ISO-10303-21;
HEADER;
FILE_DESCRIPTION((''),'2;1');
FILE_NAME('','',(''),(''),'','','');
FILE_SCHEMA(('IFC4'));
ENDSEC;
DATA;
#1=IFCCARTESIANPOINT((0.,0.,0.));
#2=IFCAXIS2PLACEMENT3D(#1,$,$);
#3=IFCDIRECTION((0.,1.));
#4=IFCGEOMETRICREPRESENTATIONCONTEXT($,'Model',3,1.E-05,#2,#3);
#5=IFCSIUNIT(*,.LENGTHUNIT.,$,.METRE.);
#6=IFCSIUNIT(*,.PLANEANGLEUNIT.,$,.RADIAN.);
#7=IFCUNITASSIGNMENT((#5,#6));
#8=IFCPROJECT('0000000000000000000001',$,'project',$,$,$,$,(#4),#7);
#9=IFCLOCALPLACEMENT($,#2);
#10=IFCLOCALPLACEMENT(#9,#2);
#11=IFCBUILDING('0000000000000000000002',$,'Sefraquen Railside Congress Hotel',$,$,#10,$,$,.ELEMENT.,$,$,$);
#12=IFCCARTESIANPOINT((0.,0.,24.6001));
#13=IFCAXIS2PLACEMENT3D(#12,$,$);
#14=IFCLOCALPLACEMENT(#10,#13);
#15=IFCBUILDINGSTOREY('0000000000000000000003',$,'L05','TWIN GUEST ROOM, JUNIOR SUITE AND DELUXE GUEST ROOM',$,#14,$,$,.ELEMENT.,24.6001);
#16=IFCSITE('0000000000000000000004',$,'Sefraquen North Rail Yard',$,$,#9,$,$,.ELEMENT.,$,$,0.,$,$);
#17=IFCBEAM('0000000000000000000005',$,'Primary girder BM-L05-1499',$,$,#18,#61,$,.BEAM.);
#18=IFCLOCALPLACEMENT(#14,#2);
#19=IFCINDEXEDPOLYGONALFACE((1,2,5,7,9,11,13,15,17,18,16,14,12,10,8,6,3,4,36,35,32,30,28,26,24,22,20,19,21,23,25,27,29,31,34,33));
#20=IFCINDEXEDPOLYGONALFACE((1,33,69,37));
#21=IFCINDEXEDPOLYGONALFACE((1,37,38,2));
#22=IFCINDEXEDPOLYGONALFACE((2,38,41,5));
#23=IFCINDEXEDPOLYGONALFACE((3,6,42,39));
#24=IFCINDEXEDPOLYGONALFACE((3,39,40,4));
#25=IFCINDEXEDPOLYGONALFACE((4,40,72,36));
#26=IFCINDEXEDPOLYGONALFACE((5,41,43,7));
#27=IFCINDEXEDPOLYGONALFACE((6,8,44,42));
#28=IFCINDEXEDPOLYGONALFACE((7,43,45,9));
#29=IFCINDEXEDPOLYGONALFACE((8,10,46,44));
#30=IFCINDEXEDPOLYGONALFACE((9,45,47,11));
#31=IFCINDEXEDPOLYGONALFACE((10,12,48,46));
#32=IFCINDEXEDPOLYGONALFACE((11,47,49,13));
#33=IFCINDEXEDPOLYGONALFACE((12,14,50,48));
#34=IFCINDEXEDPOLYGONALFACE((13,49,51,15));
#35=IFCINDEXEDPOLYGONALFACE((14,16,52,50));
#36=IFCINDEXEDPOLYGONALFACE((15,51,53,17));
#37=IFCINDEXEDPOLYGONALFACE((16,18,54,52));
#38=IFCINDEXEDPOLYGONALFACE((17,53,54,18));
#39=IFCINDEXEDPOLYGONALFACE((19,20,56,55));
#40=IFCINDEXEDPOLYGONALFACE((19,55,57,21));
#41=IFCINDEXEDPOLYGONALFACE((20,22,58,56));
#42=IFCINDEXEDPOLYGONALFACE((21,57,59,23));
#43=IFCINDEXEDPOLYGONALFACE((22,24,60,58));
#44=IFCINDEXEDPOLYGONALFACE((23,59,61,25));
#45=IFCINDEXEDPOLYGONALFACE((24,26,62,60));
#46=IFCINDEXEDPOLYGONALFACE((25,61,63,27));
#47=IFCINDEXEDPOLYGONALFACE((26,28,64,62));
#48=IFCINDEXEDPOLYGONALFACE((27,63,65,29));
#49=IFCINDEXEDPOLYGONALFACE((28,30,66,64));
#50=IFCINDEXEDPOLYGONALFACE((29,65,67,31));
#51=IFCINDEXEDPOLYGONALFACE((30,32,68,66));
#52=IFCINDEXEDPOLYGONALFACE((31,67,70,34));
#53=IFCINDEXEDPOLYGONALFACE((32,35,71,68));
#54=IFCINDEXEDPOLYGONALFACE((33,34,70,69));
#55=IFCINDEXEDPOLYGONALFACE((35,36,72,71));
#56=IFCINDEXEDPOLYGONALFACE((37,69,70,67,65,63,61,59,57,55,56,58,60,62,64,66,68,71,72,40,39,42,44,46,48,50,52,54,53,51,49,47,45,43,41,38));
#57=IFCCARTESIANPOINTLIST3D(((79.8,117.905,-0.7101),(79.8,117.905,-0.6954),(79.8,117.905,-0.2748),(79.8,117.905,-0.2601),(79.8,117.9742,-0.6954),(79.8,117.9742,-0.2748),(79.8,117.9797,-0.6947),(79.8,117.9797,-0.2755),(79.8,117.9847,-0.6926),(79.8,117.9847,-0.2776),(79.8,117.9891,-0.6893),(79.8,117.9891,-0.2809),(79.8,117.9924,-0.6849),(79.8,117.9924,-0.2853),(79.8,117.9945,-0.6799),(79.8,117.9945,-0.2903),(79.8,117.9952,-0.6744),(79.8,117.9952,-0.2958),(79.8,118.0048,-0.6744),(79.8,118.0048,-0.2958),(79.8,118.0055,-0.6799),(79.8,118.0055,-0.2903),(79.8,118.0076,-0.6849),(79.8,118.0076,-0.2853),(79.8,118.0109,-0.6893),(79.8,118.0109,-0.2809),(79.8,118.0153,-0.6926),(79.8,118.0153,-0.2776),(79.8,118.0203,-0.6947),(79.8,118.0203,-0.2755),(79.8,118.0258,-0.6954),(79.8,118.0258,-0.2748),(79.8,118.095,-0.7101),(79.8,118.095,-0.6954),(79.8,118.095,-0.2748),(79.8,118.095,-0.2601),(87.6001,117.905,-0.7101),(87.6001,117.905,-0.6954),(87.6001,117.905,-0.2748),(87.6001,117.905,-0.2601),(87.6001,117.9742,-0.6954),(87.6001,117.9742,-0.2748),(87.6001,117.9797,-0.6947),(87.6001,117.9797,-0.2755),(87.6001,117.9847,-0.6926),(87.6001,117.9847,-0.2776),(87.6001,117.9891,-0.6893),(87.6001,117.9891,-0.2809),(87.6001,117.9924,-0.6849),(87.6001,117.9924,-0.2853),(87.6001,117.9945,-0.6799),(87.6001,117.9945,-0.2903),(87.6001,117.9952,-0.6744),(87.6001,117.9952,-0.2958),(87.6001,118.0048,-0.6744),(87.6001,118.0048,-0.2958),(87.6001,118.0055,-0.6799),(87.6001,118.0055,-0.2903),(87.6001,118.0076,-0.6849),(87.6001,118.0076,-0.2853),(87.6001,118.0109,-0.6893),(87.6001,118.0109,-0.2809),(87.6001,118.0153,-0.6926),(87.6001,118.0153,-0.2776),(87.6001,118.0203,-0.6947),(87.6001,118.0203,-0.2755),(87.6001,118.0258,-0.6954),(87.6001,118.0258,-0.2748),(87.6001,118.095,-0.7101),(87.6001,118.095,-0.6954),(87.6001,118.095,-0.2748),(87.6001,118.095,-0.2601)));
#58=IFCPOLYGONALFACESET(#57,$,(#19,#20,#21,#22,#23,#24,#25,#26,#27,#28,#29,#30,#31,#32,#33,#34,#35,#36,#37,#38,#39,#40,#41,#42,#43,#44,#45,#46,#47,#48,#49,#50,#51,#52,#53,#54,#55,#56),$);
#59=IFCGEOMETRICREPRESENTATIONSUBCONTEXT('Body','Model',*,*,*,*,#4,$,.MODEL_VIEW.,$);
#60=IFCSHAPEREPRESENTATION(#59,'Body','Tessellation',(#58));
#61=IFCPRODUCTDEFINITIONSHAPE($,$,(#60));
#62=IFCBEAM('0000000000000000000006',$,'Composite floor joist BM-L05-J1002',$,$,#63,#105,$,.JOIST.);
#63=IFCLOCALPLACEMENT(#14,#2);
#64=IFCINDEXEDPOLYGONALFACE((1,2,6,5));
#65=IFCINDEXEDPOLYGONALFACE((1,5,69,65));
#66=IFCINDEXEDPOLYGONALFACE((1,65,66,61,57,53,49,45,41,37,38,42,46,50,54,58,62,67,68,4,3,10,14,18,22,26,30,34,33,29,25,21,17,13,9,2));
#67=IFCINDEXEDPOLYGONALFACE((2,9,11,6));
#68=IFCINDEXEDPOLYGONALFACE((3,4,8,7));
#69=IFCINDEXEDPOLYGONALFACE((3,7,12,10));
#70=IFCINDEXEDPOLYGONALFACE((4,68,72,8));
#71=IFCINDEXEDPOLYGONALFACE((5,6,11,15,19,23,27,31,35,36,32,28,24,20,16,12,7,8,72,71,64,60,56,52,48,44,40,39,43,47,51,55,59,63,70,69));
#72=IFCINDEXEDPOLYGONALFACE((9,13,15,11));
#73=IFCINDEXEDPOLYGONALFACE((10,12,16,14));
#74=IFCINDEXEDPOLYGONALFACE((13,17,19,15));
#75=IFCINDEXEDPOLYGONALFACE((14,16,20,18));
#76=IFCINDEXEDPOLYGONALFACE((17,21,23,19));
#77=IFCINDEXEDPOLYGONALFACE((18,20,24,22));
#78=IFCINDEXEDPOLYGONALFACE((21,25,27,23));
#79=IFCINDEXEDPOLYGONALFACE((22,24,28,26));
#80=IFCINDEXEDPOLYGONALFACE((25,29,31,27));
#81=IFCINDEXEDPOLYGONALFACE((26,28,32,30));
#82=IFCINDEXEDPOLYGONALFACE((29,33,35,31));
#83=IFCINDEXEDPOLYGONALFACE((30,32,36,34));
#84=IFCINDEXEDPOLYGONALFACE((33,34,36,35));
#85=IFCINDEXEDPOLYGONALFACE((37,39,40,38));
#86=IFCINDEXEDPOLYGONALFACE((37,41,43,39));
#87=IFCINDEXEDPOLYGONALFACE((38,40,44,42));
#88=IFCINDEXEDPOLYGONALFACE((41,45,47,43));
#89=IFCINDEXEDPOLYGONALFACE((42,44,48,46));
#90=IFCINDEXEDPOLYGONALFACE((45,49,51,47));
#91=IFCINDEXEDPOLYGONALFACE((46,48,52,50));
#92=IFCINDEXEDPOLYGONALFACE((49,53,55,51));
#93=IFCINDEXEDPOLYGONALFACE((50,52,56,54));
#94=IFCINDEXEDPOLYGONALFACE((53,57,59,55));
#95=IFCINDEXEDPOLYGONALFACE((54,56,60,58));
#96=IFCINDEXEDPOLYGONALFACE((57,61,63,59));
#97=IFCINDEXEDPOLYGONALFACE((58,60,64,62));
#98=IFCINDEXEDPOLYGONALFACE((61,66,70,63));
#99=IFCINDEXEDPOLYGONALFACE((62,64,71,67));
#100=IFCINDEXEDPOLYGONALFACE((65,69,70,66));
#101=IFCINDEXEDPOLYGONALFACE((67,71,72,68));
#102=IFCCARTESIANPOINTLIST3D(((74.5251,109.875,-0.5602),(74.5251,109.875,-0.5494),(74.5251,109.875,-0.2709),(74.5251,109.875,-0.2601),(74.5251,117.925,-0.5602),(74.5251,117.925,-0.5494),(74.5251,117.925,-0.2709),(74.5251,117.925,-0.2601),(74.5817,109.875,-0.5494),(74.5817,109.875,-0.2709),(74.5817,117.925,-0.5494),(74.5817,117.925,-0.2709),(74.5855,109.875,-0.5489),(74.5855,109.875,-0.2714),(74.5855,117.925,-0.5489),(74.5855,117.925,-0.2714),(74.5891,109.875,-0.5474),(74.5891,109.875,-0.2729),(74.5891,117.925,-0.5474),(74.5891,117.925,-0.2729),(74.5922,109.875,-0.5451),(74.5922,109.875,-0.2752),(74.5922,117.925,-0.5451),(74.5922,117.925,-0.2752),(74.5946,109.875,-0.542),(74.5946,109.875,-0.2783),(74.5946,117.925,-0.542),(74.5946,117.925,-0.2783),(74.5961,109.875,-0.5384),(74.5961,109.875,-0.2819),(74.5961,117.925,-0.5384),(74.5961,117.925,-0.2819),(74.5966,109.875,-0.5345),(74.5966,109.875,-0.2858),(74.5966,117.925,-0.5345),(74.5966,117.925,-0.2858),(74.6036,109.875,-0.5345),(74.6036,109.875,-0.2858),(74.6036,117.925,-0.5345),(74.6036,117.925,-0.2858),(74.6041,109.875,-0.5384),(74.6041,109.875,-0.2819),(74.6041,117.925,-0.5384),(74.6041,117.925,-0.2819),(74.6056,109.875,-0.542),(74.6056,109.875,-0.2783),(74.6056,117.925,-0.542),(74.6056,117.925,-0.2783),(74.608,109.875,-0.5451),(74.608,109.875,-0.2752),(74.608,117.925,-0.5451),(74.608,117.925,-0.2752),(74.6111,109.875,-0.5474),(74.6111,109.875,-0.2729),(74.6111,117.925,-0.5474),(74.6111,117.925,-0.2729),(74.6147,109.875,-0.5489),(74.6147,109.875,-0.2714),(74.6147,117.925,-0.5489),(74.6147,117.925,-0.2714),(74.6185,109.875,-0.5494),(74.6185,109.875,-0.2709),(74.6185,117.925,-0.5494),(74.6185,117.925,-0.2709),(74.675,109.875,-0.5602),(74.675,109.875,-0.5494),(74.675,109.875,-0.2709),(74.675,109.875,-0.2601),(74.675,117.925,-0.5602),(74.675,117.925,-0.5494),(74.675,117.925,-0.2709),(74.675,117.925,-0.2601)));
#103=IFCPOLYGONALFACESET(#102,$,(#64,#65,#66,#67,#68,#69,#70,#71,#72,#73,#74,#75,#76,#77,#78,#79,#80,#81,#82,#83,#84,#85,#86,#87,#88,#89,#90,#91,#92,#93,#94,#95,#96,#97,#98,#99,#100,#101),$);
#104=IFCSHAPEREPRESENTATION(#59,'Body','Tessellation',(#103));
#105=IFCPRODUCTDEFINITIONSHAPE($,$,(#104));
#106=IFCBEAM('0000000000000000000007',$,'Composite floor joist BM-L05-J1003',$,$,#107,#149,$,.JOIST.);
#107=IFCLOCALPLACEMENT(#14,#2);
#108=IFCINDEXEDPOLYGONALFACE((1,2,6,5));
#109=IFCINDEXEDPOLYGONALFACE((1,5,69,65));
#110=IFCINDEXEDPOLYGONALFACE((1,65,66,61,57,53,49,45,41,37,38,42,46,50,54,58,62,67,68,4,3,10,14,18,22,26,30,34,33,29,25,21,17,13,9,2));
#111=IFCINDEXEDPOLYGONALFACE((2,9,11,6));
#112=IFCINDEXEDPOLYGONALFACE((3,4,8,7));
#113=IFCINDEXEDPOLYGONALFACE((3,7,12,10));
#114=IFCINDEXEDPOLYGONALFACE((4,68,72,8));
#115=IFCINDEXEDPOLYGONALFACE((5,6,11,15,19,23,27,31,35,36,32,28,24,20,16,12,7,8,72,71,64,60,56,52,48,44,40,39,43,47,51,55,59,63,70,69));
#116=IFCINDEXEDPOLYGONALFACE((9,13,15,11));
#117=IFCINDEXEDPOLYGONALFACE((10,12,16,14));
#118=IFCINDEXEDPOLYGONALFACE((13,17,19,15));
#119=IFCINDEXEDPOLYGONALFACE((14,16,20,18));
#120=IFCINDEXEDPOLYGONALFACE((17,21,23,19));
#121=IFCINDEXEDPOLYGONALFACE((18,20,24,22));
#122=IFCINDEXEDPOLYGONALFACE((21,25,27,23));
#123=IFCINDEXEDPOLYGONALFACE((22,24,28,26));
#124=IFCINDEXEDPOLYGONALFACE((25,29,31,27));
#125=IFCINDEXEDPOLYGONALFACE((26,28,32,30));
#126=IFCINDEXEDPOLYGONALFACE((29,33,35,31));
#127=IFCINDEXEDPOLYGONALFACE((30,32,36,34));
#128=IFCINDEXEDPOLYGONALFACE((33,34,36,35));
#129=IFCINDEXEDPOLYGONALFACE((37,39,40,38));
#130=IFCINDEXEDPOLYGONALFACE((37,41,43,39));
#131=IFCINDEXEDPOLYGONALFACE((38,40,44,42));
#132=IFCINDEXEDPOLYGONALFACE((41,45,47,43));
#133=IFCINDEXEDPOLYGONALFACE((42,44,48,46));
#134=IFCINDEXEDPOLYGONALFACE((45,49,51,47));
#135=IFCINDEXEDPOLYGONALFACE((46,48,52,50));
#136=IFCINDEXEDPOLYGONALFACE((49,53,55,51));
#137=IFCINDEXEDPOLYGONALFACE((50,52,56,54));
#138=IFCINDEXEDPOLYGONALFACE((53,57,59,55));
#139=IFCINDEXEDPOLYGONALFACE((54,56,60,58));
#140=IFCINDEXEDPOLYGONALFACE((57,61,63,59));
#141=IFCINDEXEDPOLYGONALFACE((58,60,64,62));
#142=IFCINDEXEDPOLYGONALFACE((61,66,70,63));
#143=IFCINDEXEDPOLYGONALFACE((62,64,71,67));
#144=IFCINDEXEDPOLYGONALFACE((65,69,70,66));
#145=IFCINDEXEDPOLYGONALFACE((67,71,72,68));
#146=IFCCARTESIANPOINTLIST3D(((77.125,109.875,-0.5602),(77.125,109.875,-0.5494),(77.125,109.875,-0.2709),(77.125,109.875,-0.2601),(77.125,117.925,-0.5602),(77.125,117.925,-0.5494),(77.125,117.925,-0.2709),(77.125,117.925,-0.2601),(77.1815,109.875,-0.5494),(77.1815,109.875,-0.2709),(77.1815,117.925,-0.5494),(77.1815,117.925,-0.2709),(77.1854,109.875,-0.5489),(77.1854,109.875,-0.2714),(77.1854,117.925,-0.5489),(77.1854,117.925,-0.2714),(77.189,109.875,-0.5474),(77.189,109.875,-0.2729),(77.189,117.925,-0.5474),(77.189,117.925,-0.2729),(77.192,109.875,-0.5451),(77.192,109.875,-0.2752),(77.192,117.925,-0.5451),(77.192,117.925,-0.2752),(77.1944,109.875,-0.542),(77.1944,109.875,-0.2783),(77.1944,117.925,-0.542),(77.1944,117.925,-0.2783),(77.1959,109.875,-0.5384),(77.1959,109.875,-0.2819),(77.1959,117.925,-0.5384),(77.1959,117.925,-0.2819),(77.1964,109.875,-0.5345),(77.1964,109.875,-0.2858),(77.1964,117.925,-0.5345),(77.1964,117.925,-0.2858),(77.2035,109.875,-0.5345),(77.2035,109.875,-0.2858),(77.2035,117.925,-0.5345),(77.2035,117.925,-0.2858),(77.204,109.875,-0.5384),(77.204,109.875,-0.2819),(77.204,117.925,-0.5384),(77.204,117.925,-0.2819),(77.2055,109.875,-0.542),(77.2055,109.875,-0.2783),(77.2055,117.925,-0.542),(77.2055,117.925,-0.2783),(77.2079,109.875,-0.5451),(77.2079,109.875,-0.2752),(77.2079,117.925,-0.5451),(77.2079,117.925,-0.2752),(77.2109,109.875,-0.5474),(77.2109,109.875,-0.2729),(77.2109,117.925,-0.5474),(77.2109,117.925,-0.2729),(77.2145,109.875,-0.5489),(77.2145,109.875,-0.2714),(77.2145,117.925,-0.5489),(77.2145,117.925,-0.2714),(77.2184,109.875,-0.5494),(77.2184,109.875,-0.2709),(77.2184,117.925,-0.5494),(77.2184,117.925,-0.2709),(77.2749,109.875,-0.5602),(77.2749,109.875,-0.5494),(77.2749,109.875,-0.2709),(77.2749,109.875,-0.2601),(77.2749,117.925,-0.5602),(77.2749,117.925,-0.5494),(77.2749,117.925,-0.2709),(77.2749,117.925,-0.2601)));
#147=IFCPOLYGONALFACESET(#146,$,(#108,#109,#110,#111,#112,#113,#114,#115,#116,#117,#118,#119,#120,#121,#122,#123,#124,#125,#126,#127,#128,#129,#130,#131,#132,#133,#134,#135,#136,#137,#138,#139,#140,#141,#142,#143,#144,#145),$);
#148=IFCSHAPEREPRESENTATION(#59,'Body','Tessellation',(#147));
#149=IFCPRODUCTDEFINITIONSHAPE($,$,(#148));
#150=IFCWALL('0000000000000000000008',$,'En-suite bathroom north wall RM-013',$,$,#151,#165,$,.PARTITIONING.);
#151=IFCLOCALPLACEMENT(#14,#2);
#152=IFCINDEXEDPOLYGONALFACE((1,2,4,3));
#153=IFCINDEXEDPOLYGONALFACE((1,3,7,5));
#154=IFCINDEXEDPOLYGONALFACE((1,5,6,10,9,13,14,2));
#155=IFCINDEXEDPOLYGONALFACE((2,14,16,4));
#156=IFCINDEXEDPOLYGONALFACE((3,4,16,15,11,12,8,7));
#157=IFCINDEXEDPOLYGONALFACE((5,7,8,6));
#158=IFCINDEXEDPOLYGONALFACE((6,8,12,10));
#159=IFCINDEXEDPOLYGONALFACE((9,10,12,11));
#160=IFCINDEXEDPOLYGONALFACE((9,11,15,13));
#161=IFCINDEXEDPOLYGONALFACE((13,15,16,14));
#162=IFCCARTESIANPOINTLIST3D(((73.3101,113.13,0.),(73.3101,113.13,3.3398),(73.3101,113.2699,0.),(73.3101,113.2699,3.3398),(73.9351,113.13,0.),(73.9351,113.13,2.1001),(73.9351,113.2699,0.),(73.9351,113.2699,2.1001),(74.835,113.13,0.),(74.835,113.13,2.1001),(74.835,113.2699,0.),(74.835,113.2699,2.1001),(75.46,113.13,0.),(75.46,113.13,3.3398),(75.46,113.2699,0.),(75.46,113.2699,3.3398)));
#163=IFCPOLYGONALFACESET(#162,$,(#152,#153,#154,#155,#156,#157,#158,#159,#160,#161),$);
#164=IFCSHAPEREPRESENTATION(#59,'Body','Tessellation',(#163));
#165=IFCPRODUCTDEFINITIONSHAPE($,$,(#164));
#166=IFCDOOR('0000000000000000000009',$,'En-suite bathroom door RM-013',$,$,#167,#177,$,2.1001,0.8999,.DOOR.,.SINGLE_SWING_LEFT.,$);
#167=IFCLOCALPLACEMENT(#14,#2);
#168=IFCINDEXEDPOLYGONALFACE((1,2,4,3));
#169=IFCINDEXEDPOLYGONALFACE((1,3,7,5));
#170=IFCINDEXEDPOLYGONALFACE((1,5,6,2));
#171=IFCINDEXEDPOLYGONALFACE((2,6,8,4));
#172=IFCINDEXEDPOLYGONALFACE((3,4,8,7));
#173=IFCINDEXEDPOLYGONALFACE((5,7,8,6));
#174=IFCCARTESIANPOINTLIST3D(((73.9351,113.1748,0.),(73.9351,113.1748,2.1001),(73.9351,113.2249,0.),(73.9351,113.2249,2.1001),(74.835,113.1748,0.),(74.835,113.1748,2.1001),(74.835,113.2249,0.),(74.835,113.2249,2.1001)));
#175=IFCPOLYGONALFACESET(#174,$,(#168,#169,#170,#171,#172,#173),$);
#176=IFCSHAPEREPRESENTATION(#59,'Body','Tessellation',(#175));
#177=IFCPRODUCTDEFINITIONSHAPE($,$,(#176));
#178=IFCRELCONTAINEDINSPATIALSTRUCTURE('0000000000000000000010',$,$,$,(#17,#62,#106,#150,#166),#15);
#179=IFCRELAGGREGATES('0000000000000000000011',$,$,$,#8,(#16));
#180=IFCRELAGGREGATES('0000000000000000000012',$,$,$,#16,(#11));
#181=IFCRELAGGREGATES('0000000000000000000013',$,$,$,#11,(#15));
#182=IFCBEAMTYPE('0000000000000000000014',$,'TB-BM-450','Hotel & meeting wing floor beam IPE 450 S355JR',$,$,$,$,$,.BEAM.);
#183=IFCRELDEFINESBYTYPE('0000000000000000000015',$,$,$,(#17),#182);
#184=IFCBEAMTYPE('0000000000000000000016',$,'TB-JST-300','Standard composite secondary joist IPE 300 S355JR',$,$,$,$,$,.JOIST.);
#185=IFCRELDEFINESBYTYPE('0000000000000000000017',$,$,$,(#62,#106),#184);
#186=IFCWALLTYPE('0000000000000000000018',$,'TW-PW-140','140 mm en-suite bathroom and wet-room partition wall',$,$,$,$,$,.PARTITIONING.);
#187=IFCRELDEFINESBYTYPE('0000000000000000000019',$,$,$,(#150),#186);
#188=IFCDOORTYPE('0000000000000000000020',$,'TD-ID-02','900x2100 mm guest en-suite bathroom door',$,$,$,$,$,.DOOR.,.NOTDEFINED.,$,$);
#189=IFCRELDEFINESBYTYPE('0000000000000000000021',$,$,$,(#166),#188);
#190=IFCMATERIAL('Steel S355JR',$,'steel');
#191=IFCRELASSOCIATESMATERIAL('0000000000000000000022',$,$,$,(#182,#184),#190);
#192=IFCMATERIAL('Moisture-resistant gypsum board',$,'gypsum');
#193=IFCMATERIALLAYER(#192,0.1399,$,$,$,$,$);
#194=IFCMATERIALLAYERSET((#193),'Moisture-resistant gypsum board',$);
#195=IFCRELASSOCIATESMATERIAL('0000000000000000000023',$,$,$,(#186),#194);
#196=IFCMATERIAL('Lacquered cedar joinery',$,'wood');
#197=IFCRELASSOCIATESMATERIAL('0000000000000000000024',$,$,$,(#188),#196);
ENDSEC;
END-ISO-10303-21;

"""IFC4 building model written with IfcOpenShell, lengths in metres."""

from ifc_helpers import new_model, si_unit, direction, frame, frame_2d, origin, origin_2d, place, context, subcontext, project, spatial, rectangle, i_section, extrude, material, layer, layer_set, material_profile, profile_set, type_object, element, fill, save


model = new_model("IFC4")

# Units and contexts
model_context = context("Model", 3, precision=1e-05, world=origin(), true_north=direction((0.0, 1.0)))
body_context = subcontext(model_context, "Body", "Model", "MODEL_VIEW")
ifc_project = project(units=[si_unit("LENGTHUNIT", "METRE"), si_unit("PLANEANGLEUNIT", "RADIAN")], contexts=[model_context])

# Site, building, storey
site_placement = place(None, origin())
site = spatial("IfcSite", under=ifc_project, at=site_placement, Name="Sefraquen North Rail Yard", CompositionType="ELEMENT", RefElevation=0.0)
building_placement = place(site_placement, origin())
building = spatial("IfcBuilding", under=site, at=building_placement, Name="Sefraquen Railside Congress Hotel", CompositionType="ELEMENT")
storey_placement = place(building_placement, frame((0.0, 0.0, 24.6001)))
storey = spatial("IfcBuildingStorey", under=building, at=storey_placement, Name="L05", Description="TWIN GUEST ROOM, JUNIOR SUITE AND DELUXE GUEST ROOM", CompositionType="ELEMENT", Elevation=24.6001)

# Shared definitions
ifc_material_1 = material(Name="Steel S355JR", Category="steel")

# Beams
ifc_material_profile_1 = material_profile(ifc_material_1, i_section(OverallWidth=0.1899, OverallDepth=0.45, WebThickness=0.0095, FlangeThickness=0.0146, FilletRadius=0.021, at=origin_2d()), Name="IPE 450")
ifc_profile_set_1 = profile_set([ifc_material_profile_1], Name="Steel S355JR")
beam_type_1 = type_object("IfcBeamType", Name="TB-BM-450", Description="Hotel & meeting wing floor beam IPE 450 S355JR", PredefinedType="BEAM", material=ifc_profile_set_1)
for number, where, z_axis, x_axis, name in (
    (1, (79.8, 118.0, -0.4851), (1.0, 0.0, 0.0), (0.0, 1.0, 0.0), "Primary girder BM-L05-1499"),
):
    element("IfcBeam", number, at=place(storey_placement, frame(where, z_axis=z_axis, x_axis=x_axis)), inside=storey, type_object=beam_type_1, Name=name, PredefinedType="BEAM", context=body_context, shape_type="SweptSolid", body=[
        extrude(i_section(OverallWidth=0.1899, OverallDepth=0.45, WebThickness=0.0095, FlangeThickness=0.0146, FilletRadius=0.021, at=origin_2d()), origin(), (0.0, 0.0, 1.0), 7.8),
    ])
ifc_material_profile_2 = material_profile(ifc_material_1, i_section(OverallWidth=0.1499, OverallDepth=0.3, WebThickness=0.0071, FlangeThickness=0.0107, FilletRadius=0.0149, at=origin_2d()), Name="IPE 300")
ifc_profile_set_2 = profile_set([ifc_material_profile_2], Name="Steel S355JR")
beam_type_2 = type_object("IfcBeamType", Name="TB-JST-300", Description="Standard composite secondary joist IPE 300 S355JR", PredefinedType="JOIST", material=ifc_profile_set_2)
for number, where, z_axis, x_axis, name in (
    (2, (74.6001, 109.875, -0.4102), (0.0, 1.0, 0.0), (-1.0, 0.0, 0.0), "Composite floor joist BM-L05-J1002"),
    (3, (77.2, 109.875, -0.4102), (0.0, 1.0, 0.0), (-1.0, 0.0, 0.0), "Composite floor joist BM-L05-J1003"),
):
    element("IfcBeam", number, at=place(storey_placement, frame(where, z_axis=z_axis, x_axis=x_axis)), inside=storey, type_object=beam_type_2, Name=name, PredefinedType="JOIST", context=body_context, shape_type="SweptSolid", body=[
        extrude(i_section(OverallWidth=0.1499, OverallDepth=0.3, WebThickness=0.0071, FlangeThickness=0.0107, FilletRadius=0.0149, at=origin_2d()), origin(), (0.0, 0.0, 1.0), 8.05),
    ])

# Wall, opening, door
ifc_material_2 = material(Name="Moisture-resistant gypsum board", Category="gypsum")
ifc_layer = layer(ifc_material_2, 0.1399)
ifc_layer_set = layer_set([ifc_layer], Name="Moisture-resistant gypsum board")
wall_type = type_object("IfcWallType", Name="TW-PW-140", Description="140 mm en-suite bathroom and wet-room partition wall", PredefinedType="PARTITIONING", material=ifc_layer_set)
wall_1_placement = place(storey_placement, frame((73.3101, 113.2, 0.0), z_axis=(0.0, 0.0, 1.0), x_axis=(1.0, 0.0, 0.0)))
wall_1 = element("IfcWall", 4, at=wall_1_placement, inside=storey, type_object=wall_type, Name="En-suite bathroom north wall RM-013", PredefinedType="PARTITIONING", context=body_context, shape_type="SweptSolid", body=[
    extrude(rectangle(XDim=2.1499, YDim=0.1399, at=frame_2d((1.075, 0.0))), origin(), (0.0, 0.0, 1.0), 3.3398),
])
opening_1_placement = place(wall_1_placement, frame((0.625, 0.0, 0.0)))
opening_1 = element("IfcOpeningElement", 5, at=opening_1_placement, cuts=wall_1, PredefinedType="OPENING", context=body_context, shape_type="SweptSolid", body=[
    extrude(rectangle(XDim=0.8999, YDim=2.1001, at=frame_2d((0.45, 1.05))), frame((0.0, 0.0798, 0.0), z_axis=(0.0, -1.0, 0.0), x_axis=(1.0, 0.0, 0.0)), (0.0, 0.0, 1.0), 0.1599),
])
ifc_material_3 = material(Name="Lacquered cedar joinery", Category="wood")
door_type = type_object("IfcDoorType", Name="TD-ID-02", Description="900x2100 mm guest en-suite bathroom door", OperationType="NOTDEFINED", PredefinedType="DOOR", material=ifc_material_3)
door_1_placement = place(opening_1_placement, origin())
door_1 = element("IfcDoor", 6, at=door_1_placement, inside=storey, type_object=door_type, Name="En-suite bathroom door RM-013", OperationType="SINGLE_SWING_LEFT", OverallHeight=2.1001, OverallWidth=0.8999, PredefinedType="DOOR", context=body_context, shape_type="SweptSolid", body=[
    extrude(rectangle(XDim=0.8999, YDim=2.1001, at=frame_2d((0.45, 1.05))), frame((0.0, 0.0249, 0.0), z_axis=(0.0, -1.0, 0.0), x_axis=(1.0, 0.0, 0.0)), (0.0, 0.0, 1.0), 0.05),
])
fill(opening_1, door_1)

save(model, "model.ifc")
